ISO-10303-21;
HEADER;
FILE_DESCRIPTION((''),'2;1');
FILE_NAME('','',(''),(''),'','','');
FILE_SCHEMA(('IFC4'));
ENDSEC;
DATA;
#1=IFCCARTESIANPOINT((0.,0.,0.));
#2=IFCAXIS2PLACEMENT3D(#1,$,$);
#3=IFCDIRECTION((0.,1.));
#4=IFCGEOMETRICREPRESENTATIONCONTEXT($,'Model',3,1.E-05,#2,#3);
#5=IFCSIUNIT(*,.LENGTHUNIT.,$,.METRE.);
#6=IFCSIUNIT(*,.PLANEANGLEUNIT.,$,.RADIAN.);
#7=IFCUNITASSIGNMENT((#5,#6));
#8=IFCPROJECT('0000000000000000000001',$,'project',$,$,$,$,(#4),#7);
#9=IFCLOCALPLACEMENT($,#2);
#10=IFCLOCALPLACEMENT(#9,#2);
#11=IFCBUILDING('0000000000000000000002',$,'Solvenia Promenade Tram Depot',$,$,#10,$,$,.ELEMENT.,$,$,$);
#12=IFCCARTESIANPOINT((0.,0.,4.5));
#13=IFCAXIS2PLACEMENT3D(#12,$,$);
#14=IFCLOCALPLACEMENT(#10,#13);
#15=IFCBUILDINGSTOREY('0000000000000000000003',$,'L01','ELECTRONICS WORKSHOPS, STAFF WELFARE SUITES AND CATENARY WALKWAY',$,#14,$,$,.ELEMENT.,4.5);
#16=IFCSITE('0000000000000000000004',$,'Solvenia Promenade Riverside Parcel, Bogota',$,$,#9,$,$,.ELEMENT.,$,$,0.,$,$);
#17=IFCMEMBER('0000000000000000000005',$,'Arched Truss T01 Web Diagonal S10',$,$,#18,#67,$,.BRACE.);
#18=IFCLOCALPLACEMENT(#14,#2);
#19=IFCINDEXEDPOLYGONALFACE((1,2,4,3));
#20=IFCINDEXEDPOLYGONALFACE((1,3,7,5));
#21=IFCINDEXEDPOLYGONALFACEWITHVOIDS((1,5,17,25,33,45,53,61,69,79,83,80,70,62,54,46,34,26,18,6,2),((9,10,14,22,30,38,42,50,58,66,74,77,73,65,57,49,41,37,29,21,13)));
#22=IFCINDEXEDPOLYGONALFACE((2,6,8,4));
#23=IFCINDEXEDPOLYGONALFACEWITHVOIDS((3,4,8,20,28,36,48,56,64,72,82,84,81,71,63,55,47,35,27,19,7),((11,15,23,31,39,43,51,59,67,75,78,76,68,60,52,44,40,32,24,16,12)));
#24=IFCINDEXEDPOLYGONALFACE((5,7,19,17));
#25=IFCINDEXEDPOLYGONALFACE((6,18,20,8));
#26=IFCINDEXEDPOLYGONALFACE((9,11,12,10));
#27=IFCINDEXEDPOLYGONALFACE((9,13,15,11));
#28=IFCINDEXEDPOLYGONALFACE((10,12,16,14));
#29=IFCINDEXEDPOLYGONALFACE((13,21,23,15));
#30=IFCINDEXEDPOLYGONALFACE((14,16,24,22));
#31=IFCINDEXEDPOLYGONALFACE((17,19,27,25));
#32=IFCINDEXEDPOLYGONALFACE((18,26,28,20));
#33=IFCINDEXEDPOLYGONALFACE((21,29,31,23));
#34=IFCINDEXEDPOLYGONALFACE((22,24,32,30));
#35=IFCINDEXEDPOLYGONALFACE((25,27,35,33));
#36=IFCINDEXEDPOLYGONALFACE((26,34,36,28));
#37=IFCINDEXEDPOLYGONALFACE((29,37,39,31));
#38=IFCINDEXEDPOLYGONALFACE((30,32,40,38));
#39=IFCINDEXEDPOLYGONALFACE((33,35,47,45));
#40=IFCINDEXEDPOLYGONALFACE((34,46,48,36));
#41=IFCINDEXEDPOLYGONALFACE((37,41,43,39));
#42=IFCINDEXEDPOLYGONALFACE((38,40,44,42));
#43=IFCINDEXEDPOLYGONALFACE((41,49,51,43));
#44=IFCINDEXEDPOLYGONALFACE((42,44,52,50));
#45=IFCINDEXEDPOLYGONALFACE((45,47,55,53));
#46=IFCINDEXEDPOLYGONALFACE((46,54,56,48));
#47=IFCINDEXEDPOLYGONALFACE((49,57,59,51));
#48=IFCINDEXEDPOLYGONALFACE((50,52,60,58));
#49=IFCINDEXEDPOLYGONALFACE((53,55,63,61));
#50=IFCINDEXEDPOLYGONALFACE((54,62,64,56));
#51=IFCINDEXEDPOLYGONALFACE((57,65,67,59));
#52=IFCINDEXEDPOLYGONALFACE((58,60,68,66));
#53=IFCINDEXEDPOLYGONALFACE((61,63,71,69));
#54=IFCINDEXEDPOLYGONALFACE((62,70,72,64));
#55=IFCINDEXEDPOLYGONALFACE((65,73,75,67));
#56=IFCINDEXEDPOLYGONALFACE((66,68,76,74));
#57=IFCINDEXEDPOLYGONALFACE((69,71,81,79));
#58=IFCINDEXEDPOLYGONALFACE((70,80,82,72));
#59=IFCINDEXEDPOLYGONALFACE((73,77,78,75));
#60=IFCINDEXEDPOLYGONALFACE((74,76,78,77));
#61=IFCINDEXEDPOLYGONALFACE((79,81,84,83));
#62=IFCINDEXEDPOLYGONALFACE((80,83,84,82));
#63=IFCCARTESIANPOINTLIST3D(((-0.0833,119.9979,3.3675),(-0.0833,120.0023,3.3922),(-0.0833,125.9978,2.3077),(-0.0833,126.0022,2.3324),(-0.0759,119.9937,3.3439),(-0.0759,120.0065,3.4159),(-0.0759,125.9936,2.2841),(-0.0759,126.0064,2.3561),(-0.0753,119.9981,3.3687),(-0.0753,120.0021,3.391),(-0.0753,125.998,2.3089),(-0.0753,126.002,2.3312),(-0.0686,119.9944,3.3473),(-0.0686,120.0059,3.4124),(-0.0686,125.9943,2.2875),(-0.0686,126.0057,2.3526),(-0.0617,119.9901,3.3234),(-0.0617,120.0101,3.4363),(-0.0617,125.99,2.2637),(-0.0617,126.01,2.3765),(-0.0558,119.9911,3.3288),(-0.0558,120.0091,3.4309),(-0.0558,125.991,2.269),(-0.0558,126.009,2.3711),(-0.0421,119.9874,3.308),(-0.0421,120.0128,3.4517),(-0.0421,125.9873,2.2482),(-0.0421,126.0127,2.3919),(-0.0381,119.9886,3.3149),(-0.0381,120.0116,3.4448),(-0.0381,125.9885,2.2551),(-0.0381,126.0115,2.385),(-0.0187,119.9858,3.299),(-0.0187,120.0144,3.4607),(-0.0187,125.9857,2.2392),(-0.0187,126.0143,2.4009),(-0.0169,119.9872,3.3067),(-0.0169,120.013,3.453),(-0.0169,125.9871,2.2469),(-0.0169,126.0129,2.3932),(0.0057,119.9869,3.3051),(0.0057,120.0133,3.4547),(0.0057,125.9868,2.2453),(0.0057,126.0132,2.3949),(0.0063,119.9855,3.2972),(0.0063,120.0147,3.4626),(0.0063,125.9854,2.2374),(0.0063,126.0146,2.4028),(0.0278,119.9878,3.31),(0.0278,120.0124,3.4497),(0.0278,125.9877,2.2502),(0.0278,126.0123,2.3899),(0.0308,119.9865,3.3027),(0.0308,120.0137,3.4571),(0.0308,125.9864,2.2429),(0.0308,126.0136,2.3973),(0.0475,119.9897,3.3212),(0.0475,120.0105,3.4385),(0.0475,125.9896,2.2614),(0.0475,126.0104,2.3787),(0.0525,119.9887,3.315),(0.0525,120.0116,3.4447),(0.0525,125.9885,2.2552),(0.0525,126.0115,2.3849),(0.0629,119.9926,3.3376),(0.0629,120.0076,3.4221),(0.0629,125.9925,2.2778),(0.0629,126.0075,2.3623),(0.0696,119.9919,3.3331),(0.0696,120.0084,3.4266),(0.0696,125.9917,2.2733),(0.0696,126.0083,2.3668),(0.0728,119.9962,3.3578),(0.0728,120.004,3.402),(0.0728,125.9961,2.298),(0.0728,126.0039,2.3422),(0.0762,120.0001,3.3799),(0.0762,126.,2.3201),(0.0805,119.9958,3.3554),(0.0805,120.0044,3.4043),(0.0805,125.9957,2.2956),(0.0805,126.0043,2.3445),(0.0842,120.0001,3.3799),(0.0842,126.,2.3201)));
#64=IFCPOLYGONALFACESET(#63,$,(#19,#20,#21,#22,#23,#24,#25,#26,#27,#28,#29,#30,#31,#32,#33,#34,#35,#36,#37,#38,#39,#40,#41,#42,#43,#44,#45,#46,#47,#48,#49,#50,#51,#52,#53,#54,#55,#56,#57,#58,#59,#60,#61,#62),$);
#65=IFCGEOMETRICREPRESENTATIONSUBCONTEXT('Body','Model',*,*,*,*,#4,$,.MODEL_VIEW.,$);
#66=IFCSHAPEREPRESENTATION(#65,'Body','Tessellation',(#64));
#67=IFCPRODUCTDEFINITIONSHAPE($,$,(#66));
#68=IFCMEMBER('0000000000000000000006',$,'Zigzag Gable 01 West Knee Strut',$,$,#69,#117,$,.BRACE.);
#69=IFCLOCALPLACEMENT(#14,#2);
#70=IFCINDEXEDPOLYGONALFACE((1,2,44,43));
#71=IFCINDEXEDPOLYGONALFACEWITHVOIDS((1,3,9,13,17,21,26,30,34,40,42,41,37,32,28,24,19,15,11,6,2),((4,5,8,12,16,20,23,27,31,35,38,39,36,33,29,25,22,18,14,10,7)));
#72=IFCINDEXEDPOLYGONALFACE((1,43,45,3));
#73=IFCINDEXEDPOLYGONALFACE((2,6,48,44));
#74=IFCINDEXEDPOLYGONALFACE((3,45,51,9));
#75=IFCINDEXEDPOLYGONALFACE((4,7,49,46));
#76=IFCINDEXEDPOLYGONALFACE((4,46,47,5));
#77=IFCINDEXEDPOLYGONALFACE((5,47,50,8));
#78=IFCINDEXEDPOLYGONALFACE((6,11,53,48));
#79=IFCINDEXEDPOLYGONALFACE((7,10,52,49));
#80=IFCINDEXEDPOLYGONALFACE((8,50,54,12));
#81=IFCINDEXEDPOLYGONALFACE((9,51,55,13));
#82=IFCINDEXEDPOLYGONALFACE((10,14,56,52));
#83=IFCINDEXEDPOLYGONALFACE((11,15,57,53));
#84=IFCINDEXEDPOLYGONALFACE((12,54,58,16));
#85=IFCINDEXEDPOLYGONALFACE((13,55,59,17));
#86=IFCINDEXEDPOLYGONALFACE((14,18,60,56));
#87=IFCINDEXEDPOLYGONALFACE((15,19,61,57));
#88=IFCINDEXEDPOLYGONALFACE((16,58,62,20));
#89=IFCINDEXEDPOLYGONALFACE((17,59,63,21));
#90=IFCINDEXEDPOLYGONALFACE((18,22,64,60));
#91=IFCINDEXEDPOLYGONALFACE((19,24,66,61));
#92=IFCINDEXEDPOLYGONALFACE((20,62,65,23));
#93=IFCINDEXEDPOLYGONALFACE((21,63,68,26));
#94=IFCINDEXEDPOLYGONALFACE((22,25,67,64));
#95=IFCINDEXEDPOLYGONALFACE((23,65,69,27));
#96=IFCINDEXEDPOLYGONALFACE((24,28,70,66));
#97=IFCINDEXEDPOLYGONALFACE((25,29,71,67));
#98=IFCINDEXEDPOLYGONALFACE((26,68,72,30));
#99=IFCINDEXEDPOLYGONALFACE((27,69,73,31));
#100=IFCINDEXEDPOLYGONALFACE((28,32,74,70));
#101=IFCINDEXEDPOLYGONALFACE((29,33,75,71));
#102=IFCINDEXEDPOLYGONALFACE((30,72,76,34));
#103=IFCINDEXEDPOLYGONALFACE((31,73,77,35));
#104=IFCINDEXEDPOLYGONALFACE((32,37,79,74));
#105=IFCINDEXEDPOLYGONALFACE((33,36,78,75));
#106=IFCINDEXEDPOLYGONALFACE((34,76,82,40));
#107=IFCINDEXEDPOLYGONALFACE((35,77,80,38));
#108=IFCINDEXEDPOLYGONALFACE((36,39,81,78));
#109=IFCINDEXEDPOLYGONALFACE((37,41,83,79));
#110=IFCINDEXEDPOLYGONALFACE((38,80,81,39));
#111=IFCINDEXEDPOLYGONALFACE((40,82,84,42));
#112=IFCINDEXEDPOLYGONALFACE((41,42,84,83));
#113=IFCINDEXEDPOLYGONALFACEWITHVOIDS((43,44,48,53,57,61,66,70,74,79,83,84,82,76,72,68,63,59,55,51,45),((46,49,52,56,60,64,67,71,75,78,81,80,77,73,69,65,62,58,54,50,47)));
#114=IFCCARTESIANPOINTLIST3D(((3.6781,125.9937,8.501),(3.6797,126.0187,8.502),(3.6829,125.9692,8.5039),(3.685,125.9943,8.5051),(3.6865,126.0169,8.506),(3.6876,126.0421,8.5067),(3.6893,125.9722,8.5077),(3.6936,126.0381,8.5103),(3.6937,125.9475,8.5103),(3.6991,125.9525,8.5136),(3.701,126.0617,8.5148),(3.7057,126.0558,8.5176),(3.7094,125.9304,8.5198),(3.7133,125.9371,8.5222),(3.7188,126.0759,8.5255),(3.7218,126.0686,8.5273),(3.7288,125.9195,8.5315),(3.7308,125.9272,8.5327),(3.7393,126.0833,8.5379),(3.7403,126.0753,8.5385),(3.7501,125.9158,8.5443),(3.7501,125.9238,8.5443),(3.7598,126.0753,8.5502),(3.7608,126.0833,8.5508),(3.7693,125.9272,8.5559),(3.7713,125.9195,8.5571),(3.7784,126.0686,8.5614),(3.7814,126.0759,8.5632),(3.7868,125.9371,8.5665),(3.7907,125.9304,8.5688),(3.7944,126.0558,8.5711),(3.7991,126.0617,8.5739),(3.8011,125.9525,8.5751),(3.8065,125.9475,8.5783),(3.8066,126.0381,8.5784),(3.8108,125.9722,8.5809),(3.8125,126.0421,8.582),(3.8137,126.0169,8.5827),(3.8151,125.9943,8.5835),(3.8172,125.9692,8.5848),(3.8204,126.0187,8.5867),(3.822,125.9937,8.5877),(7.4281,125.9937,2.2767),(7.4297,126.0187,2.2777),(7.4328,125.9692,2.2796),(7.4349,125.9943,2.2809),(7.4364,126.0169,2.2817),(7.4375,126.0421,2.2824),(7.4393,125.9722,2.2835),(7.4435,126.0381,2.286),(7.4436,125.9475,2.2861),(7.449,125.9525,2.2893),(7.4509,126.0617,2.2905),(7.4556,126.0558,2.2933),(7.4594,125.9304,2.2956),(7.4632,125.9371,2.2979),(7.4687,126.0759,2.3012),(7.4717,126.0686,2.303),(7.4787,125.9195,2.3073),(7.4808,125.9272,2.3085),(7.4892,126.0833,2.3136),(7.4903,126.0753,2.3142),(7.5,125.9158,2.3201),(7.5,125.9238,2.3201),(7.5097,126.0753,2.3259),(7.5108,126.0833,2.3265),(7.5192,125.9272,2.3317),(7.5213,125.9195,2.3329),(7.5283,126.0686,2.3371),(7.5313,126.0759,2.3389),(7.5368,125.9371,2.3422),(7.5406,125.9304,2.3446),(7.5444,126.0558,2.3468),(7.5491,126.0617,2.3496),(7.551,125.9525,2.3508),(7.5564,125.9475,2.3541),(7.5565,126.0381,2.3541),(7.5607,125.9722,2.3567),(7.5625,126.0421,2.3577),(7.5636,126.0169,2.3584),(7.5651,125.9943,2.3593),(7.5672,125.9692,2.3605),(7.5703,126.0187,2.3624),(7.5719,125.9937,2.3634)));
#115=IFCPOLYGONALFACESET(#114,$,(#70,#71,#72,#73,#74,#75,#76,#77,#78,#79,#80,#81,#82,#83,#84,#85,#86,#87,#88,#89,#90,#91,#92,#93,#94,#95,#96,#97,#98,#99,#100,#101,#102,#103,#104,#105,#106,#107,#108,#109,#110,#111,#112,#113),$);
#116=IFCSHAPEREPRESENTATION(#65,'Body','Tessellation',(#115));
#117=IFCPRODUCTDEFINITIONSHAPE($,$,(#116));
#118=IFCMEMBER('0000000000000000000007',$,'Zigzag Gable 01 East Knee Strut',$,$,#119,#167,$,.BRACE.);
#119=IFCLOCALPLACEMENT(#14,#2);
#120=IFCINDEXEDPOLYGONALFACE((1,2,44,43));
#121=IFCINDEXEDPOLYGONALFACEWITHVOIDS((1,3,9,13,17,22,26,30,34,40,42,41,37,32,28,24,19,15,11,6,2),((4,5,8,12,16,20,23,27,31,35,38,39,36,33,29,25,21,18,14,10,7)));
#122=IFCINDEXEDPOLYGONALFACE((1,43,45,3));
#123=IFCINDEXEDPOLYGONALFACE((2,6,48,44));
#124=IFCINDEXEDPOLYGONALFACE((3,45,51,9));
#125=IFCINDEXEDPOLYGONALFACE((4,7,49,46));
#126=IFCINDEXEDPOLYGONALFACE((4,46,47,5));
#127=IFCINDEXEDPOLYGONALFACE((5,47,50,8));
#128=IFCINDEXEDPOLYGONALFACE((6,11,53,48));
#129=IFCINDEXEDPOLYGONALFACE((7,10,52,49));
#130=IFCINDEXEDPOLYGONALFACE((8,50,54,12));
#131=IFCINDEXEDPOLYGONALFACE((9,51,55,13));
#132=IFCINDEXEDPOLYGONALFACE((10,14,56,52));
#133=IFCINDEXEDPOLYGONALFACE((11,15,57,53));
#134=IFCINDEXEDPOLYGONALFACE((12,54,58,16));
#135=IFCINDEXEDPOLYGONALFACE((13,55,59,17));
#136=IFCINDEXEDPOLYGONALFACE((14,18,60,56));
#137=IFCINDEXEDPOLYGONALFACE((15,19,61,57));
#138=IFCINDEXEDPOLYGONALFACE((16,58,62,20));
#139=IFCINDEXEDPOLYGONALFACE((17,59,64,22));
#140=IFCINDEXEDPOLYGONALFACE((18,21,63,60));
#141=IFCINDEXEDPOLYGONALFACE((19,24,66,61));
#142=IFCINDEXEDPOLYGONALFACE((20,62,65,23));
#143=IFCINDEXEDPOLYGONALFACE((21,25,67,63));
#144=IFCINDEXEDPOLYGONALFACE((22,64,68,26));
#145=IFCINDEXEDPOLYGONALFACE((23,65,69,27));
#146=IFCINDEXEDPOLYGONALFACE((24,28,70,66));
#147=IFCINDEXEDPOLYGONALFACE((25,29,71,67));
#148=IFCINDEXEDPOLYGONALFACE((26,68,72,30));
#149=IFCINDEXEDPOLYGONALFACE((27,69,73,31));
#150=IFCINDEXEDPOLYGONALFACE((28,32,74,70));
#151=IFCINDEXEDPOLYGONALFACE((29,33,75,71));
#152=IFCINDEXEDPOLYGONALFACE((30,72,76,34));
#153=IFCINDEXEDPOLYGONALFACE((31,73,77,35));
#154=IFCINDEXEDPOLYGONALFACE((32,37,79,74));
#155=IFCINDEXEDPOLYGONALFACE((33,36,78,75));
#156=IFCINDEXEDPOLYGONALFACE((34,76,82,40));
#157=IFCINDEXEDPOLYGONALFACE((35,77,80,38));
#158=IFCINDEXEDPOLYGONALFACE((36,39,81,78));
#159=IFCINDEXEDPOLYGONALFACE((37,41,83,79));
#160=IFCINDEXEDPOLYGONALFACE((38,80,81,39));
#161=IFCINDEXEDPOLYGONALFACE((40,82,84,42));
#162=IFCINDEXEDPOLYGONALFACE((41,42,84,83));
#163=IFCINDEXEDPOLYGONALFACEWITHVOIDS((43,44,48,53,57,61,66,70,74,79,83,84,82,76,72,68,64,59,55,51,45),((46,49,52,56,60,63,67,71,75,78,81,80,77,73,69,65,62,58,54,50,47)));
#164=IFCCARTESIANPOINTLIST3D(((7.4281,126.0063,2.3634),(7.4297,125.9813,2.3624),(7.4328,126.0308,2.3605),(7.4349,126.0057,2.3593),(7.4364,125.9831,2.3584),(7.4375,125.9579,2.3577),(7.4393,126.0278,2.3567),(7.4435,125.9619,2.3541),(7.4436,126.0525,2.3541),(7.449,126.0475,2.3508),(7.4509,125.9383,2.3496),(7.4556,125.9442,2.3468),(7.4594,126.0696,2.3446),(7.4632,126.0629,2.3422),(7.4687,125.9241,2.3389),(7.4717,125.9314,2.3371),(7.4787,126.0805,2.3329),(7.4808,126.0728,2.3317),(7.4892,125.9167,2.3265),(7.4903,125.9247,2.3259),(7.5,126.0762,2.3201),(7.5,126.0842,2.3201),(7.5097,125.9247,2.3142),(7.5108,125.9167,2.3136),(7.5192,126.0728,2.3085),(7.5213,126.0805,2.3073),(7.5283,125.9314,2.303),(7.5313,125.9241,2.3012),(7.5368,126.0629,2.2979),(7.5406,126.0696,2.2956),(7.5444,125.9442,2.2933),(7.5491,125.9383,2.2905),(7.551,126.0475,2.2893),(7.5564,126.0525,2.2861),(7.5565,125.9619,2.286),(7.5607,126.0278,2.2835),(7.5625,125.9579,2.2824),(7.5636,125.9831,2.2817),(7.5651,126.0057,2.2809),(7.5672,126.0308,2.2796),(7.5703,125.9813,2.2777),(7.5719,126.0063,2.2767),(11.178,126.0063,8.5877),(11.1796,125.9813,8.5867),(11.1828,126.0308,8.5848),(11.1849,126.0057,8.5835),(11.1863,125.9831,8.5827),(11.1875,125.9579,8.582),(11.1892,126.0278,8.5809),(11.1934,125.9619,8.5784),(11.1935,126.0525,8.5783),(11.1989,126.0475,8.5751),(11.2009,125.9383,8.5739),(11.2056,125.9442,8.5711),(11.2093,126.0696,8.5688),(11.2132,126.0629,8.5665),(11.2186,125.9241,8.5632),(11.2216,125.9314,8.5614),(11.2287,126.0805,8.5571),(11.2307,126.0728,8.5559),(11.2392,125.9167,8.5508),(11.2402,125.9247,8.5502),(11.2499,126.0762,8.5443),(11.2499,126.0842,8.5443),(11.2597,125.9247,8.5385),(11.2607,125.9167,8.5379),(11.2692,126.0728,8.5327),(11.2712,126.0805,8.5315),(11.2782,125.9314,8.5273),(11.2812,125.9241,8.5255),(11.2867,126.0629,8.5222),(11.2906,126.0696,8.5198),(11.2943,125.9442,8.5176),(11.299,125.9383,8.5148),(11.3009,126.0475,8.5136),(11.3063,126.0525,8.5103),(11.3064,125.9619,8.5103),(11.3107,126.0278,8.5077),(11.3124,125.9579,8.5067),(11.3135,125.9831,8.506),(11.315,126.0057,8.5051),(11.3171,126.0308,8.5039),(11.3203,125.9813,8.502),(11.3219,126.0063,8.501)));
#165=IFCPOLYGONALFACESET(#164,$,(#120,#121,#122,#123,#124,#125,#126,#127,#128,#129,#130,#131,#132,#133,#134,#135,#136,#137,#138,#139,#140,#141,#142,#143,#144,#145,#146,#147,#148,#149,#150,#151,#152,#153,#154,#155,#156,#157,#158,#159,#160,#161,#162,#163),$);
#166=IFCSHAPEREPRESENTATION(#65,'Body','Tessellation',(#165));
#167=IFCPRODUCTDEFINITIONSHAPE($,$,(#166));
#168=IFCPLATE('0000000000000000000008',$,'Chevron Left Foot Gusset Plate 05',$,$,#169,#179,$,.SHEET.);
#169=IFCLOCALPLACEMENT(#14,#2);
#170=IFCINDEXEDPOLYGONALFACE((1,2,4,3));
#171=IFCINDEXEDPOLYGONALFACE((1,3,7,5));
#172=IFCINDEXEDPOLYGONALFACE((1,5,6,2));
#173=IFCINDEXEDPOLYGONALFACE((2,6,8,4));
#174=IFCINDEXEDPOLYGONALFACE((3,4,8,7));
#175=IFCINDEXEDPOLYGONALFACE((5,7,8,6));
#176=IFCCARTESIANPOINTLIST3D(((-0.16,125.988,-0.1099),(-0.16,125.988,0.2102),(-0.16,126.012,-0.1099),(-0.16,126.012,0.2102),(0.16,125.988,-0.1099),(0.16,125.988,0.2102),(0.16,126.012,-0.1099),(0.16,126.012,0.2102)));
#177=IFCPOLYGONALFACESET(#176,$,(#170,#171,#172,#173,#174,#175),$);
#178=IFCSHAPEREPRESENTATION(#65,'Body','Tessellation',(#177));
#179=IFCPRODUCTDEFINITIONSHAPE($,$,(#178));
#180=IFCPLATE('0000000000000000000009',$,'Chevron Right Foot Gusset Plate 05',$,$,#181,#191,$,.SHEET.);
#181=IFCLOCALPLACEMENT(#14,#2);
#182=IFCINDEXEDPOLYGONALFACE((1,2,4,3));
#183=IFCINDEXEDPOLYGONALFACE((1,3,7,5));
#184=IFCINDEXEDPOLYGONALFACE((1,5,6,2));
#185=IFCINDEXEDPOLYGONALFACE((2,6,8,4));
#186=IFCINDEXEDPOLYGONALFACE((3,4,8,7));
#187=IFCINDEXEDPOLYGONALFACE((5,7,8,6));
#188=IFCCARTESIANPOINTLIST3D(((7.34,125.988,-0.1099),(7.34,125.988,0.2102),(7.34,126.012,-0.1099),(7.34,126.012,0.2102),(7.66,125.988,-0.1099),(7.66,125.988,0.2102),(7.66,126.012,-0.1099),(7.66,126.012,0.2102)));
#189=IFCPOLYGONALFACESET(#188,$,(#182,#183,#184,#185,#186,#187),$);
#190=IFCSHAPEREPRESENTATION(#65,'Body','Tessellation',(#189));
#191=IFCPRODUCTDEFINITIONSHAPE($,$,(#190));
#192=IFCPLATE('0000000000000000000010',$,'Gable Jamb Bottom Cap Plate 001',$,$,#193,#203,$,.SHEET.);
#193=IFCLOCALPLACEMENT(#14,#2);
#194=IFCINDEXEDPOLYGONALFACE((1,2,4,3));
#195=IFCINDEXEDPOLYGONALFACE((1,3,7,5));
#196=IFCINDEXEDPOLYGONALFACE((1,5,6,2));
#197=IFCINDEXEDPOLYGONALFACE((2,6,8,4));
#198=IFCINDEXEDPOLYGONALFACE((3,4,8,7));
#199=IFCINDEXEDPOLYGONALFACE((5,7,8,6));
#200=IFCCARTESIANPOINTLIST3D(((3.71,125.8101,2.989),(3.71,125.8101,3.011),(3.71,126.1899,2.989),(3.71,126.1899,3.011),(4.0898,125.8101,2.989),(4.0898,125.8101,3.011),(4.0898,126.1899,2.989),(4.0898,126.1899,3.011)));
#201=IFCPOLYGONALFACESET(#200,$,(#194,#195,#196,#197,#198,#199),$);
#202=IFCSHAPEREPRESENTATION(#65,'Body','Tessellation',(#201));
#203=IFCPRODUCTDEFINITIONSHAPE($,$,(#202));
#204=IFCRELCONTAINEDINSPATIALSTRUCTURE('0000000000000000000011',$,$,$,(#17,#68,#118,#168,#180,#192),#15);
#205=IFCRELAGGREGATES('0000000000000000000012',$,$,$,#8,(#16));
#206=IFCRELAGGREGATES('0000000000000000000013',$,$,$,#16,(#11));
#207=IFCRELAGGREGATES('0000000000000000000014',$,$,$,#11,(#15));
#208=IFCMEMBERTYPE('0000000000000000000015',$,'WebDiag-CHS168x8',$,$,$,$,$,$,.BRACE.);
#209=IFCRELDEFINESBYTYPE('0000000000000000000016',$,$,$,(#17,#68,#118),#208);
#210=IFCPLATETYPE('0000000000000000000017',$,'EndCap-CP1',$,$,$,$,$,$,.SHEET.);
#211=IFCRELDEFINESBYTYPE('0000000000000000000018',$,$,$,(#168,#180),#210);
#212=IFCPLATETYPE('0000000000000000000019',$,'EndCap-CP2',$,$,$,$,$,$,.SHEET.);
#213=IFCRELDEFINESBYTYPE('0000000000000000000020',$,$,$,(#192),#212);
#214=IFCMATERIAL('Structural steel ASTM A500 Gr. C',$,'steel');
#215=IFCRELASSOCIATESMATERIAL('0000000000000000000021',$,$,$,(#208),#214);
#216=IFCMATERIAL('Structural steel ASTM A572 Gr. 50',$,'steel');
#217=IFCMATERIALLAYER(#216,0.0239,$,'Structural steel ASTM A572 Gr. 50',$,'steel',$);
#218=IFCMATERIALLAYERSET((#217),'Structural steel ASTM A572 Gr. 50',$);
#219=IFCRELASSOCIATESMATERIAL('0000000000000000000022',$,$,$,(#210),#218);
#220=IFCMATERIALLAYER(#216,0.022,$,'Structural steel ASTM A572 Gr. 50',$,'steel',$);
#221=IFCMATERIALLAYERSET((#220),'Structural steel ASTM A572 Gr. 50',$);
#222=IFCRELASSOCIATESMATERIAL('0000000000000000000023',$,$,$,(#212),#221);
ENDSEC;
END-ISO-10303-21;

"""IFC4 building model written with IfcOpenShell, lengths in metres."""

from ifc_helpers import new_model, si_unit, direction, frame, origin, origin_2d, place, context, subcontext, project, spatial, rectangle, hollow_circle, extrude, material, layer, layer_set, material_profile, profile_set, type_object, element, save


model = new_model("IFC4")

# Units and contexts
model_context = context("Model", 3, precision=1e-05, world=origin(), true_north=direction((0.0, 1.0)))
body_context = subcontext(model_context, "Body", "Model", "MODEL_VIEW")
ifc_project = project(units=[si_unit("LENGTHUNIT", "METRE"), si_unit("PLANEANGLEUNIT", "RADIAN")], contexts=[model_context])

# Site, building, storey
site_placement = place(None, origin())
site = spatial("IfcSite", under=ifc_project, at=site_placement, Name="Solvenia Promenade Riverside Parcel, Bogota", CompositionType="ELEMENT", RefElevation=0.0)
building_placement = place(site_placement, origin())
building = spatial("IfcBuilding", under=site, at=building_placement, Name="Solvenia Promenade Tram Depot", CompositionType="ELEMENT")
storey_placement = place(building_placement, frame((0.0, 0.0, 4.5)))
storey = spatial("IfcBuildingStorey", under=building, at=storey_placement, Name="L01", Description="ELECTRONICS WORKSHOPS, STAFF WELFARE SUITES AND CATENARY WALKWAY", CompositionType="ELEMENT", Elevation=4.5)

# Shared definitions
ifc_material_1 = material(Name="Structural steel ASTM A500 Gr. C", Category="steel")

# Members
ifc_material_profile_1 = material_profile(ifc_material_1, hollow_circle(Radius=0.0842, WallThickness=0.0081, at=origin_2d()), Name="CHS168.3x8", Category="steel")
ifc_profile_set_1 = profile_set([ifc_material_profile_1], Name="Structural steel ASTM A500 Gr. C")
member_type_1 = type_object("IfcMemberType", Name="WebDiag-CHS168x8", PredefinedType="BRACE", material=ifc_profile_set_1)
member_1_placement = place(storey_placement, frame((0.0, 126.0, 2.3201), z_axis=(0.0, -0.984756, 0.173943), x_axis=(1.0, 0.0, 0.0)))
element("IfcMember", 1, at=member_1_placement, inside=storey, type_object=member_type_1, Name="Arched Truss T01 Web Diagonal S10", PredefinedType="BRACE", context=body_context, shape_type="SweptSolid", body=[
    extrude(hollow_circle(Radius=0.0842, WallThickness=0.0081, at=origin_2d()), origin(), (0.0, 0.0, 1.0), 6.0928),
])
for number, where, z_axis, x_axis, name in (
    (2, (7.5, 126.0, 2.3201), (-0.516051, 0.0, 0.856558), (0.0, -1.0, 0.0), "Zigzag Gable 01 West Knee Strut"),
    (3, (7.5, 126.0, 2.3201), (0.516051, 0.0, 0.856558), (0.0, 1.0, 0.0), "Zigzag Gable 01 East Knee Strut"),
):
    element("IfcMember", number, at=place(storey_placement, frame(where, z_axis=z_axis, x_axis=x_axis)), inside=storey, type_object=member_type_1, Name=name, PredefinedType="BRACE", context=body_context, shape_type="SweptSolid", body=[
        extrude(hollow_circle(Radius=0.0842, WallThickness=0.0081, at=origin_2d()), origin(), (0.0, 0.0, 1.0), 7.2666),
    ])

# Plates
ifc_material_2 = material(Name="Structural steel ASTM A572 Gr. 50", Category="steel")
ifc_layer_1 = layer(ifc_material_2, 0.0239, Name="Structural steel ASTM A572 Gr. 50", Category="steel")
ifc_layer_set_1 = layer_set([ifc_layer_1], Name="Structural steel ASTM A572 Gr. 50")
plate_type_1 = type_object("IfcPlateType", Name="EndCap-CP1", PredefinedType="SHEET", material=ifc_layer_set_1)
for number, where, z_axis, x_axis, name in (
    (4, (0.0, 126.0, -0.1099), (0.0, 0.0, 1.0), (1.0, 0.0, 0.0), "Chevron Left Foot Gusset Plate 05"),
    (5, (7.5, 126.0, -0.1099), (0.0, 0.0, 1.0), (1.0, 0.0, 0.0), "Chevron Right Foot Gusset Plate 05"),
):
    element("IfcPlate", number, at=place(storey_placement, frame(where, z_axis=z_axis, x_axis=x_axis)), inside=storey, type_object=plate_type_1, Name=name, PredefinedType="SHEET", context=body_context, shape_type="SweptSolid", body=[
        extrude(rectangle(XDim=0.3201, YDim=0.0239, at=origin_2d()), origin(), (0.0, 0.0, 1.0), 0.3201),
    ])
ifc_layer_2 = layer(ifc_material_2, 0.022, Name="Structural steel ASTM A572 Gr. 50", Category="steel")
ifc_layer_set_2 = layer_set([ifc_layer_2], Name="Structural steel ASTM A572 Gr. 50")
plate_type_2 = type_object("IfcPlateType", Name="EndCap-CP2", PredefinedType="SHEET", material=ifc_layer_set_2)
plate_1_placement = place(storey_placement, frame((3.8999, 126.0, 2.989), z_axis=(0.0, 0.0, 1.0), x_axis=(1.0, 0.0, 0.0)))
element("IfcPlate", 6, at=plate_1_placement, inside=storey, type_object=plate_type_2, Name="Gable Jamb Bottom Cap Plate 001", PredefinedType="SHEET", context=body_context, shape_type="SweptSolid", body=[
    extrude(rectangle(XDim=0.3799, YDim=0.3799, at=origin_2d()), origin(), (0.0, 0.0, 1.0), 0.022),
])

save(model, "model.ifc")
